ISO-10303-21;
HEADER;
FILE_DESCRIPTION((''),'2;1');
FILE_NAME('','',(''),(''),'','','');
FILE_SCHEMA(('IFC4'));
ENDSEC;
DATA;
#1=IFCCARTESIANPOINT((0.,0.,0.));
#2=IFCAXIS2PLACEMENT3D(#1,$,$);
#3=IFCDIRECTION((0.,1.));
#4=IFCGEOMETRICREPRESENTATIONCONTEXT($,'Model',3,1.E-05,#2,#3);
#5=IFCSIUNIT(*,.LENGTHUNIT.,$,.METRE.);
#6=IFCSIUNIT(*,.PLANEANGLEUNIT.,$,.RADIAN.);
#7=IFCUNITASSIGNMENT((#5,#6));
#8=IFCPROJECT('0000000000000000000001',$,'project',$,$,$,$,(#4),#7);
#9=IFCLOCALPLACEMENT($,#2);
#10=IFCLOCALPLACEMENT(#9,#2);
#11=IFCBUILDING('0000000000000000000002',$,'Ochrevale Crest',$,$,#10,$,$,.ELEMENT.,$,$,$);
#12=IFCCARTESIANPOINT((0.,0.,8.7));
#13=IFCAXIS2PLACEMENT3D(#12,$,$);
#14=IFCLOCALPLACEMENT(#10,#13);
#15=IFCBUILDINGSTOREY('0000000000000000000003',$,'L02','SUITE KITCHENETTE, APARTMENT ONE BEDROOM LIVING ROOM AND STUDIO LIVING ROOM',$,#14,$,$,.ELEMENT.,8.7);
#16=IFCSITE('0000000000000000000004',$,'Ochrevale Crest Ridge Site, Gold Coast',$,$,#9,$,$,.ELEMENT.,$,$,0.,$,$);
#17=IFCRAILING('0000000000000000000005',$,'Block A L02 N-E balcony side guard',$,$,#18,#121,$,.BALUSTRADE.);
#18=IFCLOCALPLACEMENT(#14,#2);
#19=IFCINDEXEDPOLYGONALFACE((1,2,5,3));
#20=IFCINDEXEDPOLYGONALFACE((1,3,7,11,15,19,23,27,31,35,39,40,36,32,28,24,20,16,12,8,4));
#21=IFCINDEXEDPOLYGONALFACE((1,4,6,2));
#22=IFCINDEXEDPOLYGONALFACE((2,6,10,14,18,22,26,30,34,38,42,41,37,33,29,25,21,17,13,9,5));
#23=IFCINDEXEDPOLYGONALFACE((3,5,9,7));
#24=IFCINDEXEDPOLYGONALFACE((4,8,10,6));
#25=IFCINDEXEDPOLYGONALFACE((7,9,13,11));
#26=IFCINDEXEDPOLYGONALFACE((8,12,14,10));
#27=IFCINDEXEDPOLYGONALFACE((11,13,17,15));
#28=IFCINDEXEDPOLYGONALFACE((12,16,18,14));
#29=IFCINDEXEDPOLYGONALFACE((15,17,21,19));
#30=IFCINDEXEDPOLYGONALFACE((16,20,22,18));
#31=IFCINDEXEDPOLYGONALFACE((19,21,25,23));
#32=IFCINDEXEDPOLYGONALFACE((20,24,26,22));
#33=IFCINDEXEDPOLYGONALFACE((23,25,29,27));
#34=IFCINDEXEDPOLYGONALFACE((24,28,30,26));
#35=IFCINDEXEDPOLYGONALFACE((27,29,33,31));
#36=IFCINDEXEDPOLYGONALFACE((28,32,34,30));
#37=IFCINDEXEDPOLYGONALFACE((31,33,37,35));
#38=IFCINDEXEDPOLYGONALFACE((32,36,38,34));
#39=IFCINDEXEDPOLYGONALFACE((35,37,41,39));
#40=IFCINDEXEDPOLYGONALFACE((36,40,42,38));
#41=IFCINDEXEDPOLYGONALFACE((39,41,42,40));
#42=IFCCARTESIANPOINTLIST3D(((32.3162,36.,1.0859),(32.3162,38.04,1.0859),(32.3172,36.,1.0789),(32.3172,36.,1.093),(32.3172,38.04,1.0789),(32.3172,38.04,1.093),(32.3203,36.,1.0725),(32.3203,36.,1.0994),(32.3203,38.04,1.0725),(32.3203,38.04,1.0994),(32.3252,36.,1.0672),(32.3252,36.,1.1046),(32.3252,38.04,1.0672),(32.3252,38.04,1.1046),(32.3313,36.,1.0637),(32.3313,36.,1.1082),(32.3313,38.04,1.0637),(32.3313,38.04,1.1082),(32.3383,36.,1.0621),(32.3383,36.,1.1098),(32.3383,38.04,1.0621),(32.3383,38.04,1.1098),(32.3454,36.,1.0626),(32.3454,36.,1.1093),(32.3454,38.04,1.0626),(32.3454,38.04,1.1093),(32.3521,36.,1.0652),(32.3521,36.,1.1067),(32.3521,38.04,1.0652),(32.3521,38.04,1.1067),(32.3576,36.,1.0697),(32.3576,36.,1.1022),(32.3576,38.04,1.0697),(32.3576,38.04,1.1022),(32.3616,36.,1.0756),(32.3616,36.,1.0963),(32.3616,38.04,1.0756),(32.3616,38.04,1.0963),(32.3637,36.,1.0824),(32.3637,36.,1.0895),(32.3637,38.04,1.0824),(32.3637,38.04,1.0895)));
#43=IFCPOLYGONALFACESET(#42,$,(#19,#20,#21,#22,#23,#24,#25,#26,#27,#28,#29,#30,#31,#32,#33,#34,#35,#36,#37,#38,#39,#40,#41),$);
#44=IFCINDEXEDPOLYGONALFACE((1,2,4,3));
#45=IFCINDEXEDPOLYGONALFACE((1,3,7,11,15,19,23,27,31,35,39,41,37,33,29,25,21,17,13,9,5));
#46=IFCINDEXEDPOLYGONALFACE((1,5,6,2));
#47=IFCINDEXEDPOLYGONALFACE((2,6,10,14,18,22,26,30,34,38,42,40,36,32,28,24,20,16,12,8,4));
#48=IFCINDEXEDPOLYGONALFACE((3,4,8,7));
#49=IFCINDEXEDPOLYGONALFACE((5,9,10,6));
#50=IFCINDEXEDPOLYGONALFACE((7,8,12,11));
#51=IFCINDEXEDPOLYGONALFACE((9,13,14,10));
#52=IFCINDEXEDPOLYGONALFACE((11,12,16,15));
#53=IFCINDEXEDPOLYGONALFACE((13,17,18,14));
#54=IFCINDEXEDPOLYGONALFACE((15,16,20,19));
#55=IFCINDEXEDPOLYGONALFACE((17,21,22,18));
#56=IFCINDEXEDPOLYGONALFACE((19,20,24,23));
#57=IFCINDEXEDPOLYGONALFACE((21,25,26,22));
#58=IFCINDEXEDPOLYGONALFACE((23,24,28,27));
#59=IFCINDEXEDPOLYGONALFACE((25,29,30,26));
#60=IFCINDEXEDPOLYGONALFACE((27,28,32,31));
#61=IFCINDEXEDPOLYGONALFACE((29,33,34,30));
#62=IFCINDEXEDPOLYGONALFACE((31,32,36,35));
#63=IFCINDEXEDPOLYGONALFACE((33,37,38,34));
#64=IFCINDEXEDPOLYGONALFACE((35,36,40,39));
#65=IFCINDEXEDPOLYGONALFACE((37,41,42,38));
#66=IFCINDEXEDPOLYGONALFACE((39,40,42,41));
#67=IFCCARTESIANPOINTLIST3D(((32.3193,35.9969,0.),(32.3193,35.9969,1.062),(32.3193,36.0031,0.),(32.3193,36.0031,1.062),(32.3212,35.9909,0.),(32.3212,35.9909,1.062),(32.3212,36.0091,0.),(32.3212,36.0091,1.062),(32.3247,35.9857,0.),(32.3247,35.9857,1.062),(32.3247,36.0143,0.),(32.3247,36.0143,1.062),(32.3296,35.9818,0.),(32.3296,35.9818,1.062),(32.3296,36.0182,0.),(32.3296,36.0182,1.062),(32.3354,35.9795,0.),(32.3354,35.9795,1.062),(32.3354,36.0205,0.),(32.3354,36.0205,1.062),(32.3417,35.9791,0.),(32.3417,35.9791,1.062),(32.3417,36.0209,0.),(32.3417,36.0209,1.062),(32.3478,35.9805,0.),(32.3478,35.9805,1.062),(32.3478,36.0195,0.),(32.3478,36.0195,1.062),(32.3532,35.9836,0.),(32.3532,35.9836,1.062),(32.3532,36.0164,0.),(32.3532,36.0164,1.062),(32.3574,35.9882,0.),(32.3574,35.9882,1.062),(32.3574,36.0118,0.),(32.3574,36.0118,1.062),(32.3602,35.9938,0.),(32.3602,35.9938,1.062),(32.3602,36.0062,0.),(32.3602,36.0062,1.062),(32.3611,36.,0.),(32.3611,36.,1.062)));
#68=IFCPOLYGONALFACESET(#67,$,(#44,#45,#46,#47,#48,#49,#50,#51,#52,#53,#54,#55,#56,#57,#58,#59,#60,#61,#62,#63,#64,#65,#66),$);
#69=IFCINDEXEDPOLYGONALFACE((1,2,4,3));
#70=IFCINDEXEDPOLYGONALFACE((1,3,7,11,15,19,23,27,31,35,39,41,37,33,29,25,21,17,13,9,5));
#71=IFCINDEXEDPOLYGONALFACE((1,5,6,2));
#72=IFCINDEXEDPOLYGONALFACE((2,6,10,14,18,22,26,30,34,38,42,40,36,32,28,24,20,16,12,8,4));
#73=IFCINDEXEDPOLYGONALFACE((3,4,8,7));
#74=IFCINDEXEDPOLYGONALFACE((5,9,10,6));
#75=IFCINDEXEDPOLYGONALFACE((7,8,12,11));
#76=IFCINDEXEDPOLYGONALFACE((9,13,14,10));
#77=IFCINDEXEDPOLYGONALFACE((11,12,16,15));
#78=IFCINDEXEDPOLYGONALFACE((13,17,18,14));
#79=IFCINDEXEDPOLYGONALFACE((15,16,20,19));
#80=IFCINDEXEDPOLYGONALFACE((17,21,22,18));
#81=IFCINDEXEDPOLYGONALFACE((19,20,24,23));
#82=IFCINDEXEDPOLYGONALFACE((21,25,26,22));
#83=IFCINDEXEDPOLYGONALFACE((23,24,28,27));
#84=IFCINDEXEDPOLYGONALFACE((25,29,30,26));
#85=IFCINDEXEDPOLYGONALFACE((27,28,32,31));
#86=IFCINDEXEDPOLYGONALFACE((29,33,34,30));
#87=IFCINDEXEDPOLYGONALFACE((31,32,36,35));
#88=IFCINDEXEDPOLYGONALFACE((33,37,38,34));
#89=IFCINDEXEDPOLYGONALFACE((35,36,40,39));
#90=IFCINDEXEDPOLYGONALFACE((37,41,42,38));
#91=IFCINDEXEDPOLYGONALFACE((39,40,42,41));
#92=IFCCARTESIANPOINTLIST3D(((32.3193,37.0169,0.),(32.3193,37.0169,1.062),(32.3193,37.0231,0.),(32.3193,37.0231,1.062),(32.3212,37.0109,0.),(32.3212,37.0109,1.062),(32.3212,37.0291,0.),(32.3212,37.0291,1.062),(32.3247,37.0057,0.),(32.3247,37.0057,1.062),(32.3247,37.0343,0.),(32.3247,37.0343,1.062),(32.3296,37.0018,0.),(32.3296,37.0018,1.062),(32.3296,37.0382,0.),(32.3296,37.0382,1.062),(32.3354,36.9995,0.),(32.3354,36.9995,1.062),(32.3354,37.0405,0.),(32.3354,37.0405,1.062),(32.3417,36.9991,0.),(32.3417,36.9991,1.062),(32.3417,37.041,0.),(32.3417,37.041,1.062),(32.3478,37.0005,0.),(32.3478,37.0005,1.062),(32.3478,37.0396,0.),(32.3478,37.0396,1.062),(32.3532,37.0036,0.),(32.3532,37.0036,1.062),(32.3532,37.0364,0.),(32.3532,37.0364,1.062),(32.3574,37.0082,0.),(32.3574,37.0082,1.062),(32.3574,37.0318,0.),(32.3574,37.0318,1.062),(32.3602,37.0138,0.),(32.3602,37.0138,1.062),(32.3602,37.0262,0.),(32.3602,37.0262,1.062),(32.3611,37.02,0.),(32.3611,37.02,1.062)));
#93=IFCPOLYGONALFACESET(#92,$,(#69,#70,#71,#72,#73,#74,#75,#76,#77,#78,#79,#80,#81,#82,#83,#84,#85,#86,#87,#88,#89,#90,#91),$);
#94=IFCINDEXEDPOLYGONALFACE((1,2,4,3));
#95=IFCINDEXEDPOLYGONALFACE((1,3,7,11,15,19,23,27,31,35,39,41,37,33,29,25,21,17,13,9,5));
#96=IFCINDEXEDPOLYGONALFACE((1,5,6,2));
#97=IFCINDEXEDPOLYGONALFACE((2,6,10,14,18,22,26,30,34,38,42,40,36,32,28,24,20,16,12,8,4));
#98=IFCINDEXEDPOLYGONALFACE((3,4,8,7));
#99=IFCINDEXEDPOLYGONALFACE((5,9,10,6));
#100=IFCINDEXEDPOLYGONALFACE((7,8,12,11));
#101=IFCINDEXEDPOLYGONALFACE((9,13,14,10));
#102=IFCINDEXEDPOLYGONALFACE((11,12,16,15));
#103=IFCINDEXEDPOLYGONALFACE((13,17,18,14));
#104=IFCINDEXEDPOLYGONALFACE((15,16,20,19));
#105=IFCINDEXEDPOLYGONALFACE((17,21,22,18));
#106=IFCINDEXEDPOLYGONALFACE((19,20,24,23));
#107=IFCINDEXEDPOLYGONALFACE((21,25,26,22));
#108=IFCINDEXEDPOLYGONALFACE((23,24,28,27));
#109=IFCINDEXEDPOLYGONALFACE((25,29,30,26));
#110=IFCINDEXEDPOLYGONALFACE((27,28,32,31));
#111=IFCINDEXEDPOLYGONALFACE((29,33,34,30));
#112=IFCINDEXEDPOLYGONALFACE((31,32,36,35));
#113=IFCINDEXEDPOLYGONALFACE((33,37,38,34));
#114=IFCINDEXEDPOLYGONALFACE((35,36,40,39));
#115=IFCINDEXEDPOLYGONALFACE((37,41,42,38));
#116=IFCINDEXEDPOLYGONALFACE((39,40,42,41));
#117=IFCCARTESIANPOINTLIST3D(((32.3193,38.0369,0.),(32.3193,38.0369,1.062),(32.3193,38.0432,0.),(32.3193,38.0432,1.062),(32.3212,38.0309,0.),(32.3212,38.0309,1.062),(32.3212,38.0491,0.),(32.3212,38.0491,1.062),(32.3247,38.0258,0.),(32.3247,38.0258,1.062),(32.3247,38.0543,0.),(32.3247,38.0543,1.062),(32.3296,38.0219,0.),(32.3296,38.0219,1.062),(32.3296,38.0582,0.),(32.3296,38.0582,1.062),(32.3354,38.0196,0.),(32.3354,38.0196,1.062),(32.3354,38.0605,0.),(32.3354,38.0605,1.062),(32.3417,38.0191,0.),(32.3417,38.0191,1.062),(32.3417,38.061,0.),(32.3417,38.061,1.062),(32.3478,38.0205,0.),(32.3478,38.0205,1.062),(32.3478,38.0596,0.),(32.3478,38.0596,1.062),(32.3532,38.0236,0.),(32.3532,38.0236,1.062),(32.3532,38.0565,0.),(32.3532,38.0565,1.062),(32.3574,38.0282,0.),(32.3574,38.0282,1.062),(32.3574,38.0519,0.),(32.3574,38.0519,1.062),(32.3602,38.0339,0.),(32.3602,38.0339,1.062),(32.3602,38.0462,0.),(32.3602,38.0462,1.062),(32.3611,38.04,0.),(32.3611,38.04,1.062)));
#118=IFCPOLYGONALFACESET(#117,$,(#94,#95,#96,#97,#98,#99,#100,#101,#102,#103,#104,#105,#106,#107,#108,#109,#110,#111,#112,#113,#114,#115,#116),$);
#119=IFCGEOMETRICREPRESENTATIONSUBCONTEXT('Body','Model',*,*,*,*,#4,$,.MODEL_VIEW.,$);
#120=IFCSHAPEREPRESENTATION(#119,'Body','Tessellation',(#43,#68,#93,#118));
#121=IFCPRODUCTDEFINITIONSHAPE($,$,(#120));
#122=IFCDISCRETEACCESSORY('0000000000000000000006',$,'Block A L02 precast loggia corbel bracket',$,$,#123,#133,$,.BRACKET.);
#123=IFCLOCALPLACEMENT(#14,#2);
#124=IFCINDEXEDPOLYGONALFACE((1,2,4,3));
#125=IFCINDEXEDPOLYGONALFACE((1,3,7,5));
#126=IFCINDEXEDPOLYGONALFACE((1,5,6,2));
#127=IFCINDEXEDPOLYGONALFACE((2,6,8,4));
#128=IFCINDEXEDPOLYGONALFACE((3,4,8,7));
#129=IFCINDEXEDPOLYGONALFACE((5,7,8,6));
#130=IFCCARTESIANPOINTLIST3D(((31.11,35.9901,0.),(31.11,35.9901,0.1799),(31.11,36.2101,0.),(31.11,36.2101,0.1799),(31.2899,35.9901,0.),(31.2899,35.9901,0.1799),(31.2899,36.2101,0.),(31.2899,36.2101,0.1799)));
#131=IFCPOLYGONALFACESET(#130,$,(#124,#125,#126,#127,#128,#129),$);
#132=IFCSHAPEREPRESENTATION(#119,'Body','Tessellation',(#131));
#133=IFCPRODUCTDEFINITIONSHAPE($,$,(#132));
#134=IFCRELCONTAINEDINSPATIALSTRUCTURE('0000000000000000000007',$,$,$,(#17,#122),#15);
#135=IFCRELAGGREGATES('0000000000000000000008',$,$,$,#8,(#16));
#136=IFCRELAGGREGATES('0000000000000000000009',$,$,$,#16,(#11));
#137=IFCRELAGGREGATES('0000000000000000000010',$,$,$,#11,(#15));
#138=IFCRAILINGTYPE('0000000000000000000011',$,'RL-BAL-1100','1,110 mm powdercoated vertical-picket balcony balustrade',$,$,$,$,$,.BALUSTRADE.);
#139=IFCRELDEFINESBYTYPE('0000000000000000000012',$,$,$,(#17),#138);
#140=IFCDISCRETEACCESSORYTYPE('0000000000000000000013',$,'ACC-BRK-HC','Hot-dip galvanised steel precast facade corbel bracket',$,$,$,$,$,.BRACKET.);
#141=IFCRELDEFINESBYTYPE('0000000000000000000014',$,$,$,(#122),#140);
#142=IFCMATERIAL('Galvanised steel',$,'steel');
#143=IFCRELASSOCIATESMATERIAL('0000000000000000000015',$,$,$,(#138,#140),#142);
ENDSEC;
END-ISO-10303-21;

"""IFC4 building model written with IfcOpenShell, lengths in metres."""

from ifc_helpers import new_model, si_unit, direction, frame, origin, origin_2d, place, context, subcontext, project, spatial, rectangle, circle, extrude, material, type_object, element, save


model = new_model("IFC4")

# Units and contexts
model_context = context("Model", 3, precision=1e-05, world=origin(), true_north=direction((0.0, 1.0)))
body_context = subcontext(model_context, "Body", "Model", "MODEL_VIEW")
ifc_project = project(units=[si_unit("LENGTHUNIT", "METRE"), si_unit("PLANEANGLEUNIT", "RADIAN")], contexts=[model_context])

# Site, building, storey
site_placement = place(None, origin())
site = spatial("IfcSite", under=ifc_project, at=site_placement, Name="Ochrevale Crest Ridge Site, Gold Coast", CompositionType="ELEMENT", RefElevation=0.0)
building_placement = place(site_placement, origin())
building = spatial("IfcBuilding", under=site, at=building_placement, Name="Ochrevale Crest", CompositionType="ELEMENT")
storey_placement = place(building_placement, frame((0.0, 0.0, 8.7)))
storey = spatial("IfcBuildingStorey", under=building, at=storey_placement, Name="L02", Description="SUITE KITCHENETTE, APARTMENT ONE BEDROOM LIVING ROOM AND STUDIO LIVING ROOM", CompositionType="ELEMENT", Elevation=8.7)

# Railing
ifc_material_1 = material(Name="Galvanised steel", Category="steel")
railing_type = type_object("IfcRailingType", Name="RL-BAL-1100", Description="1,110 mm powdercoated vertical-picket balcony balustrade", PredefinedType="BALUSTRADE", material=ifc_material_1)
railing_placement = place(storey_placement, frame((32.3401, 36.0, 0.0)))
element("IfcRailing", 1, at=railing_placement, inside=storey, type_object=railing_type, Name="Block A L02 N-E balcony side guard", PredefinedType="BALUSTRADE", context=body_context, shape_type="SweptSolid", body=[
    extrude(circle(Radius=0.0239, at=origin_2d()), frame((0.0, 0.0, 1.0859), z_axis=(0.0, 1.0, 0.0), x_axis=(-1.0, 0.0, 0.0)), (0.0, 0.0, 1.0), 2.04),
    extrude(circle(Radius=0.021, at=origin_2d()), origin(), (0.0, 0.0, 1.0), 1.062),
    extrude(circle(Radius=0.021, at=origin_2d()), frame((0.0, 1.02, 0.0)), (0.0, 0.0, 1.0), 1.062),
    extrude(circle(Radius=0.021, at=origin_2d()), frame((0.0, 2.04, 0.0)), (0.0, 0.0, 1.0), 1.062),
])

# Discrete accessory
discrete_accessory_type = type_object("IfcDiscreteAccessoryType", Name="ACC-BRK-HC", Description="Hot-dip galvanised steel precast facade corbel bracket", PredefinedType="BRACKET", material=ifc_material_1)
discrete_accessory_placement = place(storey_placement, frame((31.2, 36.1001, 0.0), z_axis=(0.0, 0.0, 1.0), x_axis=(1.0, 0.0, 0.0)))
element("IfcDiscreteAccessory", 2, at=discrete_accessory_placement, inside=storey, type_object=discrete_accessory_type, Name="Block A L02 precast loggia corbel bracket", PredefinedType="BRACKET", context=body_context, shape_type="SweptSolid", body=[
    extrude(rectangle(XDim=0.1799, YDim=0.22, at=origin_2d()), origin(), (0.0, 0.0, 1.0), 0.1799),
])

save(model, "model.ifc")
